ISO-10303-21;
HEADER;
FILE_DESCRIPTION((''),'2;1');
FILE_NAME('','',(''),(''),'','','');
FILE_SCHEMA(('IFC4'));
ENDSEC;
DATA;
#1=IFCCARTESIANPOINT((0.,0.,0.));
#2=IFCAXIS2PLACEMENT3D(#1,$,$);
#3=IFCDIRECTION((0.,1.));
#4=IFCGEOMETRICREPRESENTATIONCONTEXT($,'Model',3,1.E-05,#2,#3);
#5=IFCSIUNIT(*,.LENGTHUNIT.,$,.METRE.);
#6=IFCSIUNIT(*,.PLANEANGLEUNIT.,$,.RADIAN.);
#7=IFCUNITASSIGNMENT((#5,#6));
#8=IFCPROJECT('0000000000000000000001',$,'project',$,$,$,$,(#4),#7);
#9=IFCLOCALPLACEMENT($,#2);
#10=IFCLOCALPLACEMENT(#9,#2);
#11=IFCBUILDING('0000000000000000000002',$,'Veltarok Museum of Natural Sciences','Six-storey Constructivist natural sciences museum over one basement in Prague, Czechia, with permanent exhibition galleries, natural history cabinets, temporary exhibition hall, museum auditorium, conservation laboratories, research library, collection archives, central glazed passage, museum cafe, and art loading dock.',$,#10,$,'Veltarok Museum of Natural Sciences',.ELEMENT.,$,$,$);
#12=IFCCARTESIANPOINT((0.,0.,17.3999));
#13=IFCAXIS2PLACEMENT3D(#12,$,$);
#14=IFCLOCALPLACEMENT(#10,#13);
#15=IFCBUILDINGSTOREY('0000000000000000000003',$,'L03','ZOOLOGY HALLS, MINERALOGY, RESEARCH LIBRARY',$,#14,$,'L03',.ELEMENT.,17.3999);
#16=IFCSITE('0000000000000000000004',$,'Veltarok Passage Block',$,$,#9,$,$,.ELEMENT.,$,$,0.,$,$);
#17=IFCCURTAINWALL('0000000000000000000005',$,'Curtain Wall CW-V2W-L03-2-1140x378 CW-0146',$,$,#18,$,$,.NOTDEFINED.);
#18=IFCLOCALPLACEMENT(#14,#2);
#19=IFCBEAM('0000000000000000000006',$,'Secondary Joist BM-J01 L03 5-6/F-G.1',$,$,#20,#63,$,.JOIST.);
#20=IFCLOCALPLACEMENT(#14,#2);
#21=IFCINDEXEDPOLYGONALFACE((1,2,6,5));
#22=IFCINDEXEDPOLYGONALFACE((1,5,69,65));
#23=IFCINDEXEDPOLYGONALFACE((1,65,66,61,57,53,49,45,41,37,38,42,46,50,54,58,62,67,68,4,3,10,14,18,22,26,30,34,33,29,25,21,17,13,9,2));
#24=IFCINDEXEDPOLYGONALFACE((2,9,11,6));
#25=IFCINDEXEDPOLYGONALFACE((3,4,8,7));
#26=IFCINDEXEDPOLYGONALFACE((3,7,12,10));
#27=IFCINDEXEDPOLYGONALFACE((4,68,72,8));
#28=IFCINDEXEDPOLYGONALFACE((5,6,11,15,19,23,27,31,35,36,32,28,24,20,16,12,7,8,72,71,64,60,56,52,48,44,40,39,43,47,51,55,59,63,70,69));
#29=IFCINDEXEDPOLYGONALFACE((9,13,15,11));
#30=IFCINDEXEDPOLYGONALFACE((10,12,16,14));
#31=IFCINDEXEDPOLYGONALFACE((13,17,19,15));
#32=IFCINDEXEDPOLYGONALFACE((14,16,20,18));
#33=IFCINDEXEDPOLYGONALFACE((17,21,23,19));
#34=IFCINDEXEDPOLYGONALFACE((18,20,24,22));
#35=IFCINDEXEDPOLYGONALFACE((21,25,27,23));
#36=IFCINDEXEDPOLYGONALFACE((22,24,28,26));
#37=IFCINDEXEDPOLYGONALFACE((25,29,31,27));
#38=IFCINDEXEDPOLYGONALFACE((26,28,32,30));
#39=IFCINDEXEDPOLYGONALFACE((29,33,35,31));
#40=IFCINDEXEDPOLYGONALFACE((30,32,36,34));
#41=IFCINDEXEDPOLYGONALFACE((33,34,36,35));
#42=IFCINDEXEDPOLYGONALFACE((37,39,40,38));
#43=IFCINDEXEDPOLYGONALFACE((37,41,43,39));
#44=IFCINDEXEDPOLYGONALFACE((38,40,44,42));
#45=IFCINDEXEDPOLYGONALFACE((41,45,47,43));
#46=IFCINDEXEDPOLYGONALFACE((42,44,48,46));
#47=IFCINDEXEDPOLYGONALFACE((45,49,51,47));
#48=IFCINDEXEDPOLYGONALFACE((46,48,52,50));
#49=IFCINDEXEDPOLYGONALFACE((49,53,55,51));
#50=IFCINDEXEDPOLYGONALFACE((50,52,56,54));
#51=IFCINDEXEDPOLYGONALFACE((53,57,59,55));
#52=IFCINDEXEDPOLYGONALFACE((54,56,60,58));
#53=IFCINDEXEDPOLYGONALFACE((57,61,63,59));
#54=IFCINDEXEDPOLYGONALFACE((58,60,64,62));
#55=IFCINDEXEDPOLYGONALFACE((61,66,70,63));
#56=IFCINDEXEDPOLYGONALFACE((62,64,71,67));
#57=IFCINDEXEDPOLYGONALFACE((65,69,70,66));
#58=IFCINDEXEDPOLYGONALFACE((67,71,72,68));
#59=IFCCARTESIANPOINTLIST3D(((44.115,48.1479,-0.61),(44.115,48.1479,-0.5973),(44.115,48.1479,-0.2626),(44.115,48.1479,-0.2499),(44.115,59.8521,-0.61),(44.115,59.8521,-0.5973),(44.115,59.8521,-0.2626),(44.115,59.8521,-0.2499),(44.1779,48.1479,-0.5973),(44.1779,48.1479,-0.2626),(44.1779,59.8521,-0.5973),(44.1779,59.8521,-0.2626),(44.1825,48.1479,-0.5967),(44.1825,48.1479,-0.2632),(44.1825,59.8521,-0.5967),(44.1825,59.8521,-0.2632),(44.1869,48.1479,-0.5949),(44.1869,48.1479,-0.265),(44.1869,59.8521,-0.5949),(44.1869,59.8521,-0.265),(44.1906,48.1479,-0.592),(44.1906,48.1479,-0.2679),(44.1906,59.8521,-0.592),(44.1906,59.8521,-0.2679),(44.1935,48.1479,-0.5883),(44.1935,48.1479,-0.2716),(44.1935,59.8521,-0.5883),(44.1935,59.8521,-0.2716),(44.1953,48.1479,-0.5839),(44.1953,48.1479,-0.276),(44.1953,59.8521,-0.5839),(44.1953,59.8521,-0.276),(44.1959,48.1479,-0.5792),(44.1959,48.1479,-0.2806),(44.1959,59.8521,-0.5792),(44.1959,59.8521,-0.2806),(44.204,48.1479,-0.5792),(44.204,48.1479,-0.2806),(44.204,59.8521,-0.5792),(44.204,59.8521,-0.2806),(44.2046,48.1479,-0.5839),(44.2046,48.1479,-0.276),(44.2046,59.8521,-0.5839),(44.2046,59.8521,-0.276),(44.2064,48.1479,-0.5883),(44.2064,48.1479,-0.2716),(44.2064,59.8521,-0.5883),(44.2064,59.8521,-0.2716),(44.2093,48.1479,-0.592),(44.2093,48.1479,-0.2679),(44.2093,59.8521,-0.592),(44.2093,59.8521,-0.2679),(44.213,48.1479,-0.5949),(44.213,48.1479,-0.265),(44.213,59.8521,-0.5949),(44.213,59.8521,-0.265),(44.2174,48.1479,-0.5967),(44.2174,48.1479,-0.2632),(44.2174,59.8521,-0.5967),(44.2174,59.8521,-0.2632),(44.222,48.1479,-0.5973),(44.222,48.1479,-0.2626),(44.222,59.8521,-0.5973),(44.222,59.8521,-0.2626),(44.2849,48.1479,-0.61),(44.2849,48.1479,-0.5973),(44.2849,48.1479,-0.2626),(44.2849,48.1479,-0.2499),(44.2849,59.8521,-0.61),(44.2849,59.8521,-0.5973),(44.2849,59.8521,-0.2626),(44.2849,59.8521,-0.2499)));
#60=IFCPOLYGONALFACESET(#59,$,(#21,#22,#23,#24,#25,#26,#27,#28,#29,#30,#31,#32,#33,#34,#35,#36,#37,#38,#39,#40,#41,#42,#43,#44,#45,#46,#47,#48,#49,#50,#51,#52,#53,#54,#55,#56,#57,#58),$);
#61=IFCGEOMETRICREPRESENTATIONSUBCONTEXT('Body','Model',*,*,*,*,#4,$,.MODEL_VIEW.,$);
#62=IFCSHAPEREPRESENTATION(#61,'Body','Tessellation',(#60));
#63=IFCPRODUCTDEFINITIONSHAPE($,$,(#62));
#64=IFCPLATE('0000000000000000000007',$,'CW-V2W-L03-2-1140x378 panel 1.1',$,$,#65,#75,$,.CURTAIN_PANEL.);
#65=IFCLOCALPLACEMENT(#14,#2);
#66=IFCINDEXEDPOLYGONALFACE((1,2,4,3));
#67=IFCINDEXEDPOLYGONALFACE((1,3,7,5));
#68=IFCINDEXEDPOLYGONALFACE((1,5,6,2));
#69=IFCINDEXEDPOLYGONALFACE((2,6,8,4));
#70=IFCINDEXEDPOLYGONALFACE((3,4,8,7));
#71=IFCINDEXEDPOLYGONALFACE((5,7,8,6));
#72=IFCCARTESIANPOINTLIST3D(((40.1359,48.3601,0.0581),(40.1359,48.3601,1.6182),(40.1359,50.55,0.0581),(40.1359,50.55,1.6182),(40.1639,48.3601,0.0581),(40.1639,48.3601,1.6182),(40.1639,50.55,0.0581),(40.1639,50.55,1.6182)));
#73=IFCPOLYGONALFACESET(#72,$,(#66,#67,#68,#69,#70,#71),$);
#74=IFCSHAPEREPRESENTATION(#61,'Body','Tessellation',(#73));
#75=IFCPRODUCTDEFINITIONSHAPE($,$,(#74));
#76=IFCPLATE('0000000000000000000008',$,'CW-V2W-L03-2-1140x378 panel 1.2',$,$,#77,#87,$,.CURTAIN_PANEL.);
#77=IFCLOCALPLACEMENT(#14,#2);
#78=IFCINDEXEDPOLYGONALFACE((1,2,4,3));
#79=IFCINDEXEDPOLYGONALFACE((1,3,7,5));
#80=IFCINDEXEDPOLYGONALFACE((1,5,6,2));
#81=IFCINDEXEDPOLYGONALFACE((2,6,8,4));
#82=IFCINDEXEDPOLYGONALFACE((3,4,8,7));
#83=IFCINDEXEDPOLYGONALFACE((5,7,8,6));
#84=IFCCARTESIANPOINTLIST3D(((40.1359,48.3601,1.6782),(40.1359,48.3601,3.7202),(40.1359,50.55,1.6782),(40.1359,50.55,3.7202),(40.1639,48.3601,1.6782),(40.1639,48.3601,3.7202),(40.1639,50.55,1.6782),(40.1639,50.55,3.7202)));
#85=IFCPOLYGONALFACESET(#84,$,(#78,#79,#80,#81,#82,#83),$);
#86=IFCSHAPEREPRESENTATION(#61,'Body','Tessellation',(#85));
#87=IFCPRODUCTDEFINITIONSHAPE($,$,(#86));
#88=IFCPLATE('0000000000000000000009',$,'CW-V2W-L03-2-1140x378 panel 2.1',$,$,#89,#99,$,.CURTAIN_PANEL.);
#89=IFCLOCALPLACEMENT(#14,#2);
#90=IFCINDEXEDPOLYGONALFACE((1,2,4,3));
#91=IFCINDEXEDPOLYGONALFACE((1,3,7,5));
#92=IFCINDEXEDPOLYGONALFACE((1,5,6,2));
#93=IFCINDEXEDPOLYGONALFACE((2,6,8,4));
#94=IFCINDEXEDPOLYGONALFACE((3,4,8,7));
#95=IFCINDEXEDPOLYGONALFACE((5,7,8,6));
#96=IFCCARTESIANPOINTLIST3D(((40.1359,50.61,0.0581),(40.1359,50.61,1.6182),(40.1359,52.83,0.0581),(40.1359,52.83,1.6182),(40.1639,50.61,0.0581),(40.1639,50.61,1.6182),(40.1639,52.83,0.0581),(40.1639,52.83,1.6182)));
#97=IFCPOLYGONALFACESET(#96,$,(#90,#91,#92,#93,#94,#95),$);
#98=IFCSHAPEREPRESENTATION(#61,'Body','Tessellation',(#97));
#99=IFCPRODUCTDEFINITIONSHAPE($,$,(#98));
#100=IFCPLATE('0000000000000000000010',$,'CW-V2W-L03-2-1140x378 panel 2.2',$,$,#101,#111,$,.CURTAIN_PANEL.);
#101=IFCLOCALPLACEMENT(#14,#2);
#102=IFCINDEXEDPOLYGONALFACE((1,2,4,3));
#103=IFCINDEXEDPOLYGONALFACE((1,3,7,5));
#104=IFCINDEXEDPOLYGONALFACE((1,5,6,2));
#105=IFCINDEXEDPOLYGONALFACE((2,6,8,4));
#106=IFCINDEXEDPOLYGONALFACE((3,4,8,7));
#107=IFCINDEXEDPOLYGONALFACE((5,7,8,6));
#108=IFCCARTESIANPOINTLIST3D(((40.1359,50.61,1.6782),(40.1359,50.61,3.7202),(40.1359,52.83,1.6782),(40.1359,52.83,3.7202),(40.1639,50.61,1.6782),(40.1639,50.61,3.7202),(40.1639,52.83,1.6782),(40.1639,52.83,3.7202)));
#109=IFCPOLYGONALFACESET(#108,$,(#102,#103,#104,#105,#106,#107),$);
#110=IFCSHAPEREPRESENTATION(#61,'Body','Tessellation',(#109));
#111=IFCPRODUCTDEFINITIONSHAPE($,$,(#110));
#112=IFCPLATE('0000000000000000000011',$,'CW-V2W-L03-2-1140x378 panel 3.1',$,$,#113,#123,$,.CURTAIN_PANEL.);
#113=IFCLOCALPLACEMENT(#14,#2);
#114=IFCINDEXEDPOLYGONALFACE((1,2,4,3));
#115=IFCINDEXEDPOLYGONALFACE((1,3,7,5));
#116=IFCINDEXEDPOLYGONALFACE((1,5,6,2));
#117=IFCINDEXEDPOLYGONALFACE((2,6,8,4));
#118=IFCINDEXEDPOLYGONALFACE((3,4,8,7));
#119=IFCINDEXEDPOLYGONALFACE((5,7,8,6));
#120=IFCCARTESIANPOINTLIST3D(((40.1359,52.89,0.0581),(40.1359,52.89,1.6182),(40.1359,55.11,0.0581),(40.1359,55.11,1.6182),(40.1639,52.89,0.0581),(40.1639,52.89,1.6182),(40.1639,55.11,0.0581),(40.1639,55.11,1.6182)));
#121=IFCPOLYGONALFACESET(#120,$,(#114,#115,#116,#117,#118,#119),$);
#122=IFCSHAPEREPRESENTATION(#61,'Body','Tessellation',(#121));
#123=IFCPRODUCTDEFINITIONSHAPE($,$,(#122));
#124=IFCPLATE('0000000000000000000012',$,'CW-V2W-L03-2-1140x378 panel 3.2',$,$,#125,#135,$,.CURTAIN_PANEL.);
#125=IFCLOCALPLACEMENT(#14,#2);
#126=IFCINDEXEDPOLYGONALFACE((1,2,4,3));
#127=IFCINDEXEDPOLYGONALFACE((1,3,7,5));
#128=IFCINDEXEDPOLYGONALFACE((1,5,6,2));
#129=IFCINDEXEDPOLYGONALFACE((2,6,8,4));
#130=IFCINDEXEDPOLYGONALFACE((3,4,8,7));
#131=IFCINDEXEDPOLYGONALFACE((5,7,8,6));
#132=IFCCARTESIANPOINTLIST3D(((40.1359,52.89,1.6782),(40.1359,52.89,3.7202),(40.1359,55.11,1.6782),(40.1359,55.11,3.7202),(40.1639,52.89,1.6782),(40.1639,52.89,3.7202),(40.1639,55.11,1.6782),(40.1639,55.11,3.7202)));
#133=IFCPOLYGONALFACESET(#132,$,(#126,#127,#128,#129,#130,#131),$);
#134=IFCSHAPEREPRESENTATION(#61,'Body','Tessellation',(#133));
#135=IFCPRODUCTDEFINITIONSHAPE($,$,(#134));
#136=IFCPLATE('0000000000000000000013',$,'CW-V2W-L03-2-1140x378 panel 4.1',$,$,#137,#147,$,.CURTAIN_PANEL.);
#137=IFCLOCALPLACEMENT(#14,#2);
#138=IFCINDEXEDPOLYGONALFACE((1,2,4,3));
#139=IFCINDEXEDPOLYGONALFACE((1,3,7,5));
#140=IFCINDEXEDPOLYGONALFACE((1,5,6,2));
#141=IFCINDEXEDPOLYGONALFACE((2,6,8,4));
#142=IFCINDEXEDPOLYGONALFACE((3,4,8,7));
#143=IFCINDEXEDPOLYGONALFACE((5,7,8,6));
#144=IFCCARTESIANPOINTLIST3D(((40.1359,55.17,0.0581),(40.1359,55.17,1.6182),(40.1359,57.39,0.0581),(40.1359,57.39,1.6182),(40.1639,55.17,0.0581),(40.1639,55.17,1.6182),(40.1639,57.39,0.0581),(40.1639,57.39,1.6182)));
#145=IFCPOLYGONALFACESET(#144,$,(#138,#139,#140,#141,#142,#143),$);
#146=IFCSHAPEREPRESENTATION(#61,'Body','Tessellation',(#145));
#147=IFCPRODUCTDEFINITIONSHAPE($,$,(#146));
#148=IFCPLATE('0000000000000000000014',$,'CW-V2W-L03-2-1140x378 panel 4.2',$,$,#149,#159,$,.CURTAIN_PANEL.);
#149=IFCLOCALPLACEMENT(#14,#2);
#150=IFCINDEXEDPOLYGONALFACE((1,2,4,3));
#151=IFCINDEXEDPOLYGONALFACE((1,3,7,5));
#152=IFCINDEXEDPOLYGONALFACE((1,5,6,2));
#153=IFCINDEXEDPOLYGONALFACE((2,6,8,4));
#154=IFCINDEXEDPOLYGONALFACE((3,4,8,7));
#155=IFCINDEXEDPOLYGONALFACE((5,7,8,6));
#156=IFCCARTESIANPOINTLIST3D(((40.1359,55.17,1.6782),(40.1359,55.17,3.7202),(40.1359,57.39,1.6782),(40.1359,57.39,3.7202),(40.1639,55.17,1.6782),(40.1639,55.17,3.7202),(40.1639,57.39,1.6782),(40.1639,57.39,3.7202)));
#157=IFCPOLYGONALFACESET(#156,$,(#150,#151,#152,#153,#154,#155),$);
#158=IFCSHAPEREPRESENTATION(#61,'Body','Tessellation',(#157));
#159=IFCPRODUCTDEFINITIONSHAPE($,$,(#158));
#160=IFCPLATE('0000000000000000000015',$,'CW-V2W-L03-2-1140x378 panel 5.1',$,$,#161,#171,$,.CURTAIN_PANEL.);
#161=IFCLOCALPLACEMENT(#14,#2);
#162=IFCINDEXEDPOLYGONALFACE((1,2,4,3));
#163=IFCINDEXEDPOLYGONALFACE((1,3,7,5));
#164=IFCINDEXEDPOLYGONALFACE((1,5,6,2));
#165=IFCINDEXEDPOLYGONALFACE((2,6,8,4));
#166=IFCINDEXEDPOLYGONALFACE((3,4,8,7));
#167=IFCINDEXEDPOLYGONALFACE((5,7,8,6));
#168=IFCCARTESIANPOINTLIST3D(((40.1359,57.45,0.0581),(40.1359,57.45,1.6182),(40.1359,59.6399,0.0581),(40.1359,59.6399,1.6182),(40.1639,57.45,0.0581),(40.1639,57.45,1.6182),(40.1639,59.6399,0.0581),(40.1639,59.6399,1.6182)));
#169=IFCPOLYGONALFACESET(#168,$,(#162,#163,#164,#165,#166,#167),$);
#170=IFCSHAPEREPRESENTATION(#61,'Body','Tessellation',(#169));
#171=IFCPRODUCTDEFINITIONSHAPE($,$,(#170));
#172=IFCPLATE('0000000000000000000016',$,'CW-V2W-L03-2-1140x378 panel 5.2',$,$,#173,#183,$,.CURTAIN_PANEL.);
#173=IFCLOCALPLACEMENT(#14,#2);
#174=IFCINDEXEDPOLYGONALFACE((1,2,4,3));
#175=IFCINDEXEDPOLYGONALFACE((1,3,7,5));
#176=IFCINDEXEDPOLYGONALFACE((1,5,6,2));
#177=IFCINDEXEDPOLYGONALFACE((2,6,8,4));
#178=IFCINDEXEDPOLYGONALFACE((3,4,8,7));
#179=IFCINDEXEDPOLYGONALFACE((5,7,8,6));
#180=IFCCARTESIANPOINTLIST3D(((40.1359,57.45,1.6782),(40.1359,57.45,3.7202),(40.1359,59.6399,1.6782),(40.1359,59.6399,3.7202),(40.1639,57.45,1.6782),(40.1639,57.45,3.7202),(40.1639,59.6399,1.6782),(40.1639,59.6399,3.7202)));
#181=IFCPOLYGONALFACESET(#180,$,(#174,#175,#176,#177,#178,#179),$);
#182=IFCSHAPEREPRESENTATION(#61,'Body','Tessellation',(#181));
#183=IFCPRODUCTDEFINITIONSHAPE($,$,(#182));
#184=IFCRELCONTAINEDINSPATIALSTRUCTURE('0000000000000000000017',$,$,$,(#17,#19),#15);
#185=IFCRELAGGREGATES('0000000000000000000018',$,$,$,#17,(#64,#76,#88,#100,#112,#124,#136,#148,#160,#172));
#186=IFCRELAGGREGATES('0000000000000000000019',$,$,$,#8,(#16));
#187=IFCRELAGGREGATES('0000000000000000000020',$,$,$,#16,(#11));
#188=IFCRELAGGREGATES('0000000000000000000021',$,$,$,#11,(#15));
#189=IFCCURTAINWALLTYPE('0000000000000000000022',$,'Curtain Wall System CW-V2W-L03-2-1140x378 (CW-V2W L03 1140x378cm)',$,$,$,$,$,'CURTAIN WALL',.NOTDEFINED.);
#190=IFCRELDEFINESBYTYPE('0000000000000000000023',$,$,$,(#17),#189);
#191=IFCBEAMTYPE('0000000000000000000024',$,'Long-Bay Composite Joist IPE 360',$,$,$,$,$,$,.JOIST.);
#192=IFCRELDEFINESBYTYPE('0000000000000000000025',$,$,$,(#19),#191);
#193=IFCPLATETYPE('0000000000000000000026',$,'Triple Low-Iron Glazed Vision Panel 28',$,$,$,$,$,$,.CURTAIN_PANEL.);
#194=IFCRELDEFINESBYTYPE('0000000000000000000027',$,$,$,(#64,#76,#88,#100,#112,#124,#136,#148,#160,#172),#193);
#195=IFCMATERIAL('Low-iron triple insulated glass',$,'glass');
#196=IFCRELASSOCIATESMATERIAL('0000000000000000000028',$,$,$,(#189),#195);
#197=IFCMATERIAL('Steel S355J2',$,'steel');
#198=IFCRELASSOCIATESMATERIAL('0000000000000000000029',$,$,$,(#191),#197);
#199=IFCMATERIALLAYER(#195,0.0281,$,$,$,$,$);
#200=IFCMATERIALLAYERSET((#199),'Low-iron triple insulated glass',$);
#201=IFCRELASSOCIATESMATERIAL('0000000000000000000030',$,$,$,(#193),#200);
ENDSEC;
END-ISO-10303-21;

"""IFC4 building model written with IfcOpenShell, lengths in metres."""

from ifc_helpers import new_model, si_unit, direction, frame, origin, origin_2d, place, context, subcontext, project, spatial, rectangle, i_section, extrude, material, layer, layer_set, material_profile, profile_set, type_object, element, aggregate, save


model = new_model("IFC4")

# Units and contexts
model_context = context("Model", 3, precision=1e-05, world=origin(), true_north=direction((0.0, 1.0)))
body_context = subcontext(model_context, "Body", "Model", "MODEL_VIEW")
ifc_project = project(units=[si_unit("LENGTHUNIT", "METRE"), si_unit("PLANEANGLEUNIT", "RADIAN")], contexts=[model_context])

# Site, building, storey
site_placement = place(None, origin())
site = spatial("IfcSite", under=ifc_project, at=site_placement, Name="Veltarok Passage Block", CompositionType="ELEMENT", RefElevation=0.0)
building_placement = place(site_placement, origin())
building = spatial("IfcBuilding", under=site, at=building_placement, Name="Veltarok Museum of Natural Sciences", Description="Six-storey Constructivist natural sciences museum over one basement in Prague, Czechia, with permanent exhibition galleries, natural history cabinets, temporary exhibition hall, museum auditorium, conservation laboratories, research library, collection archives, central glazed passage, museum cafe, and art loading dock.", LongName="Veltarok Museum of Natural Sciences", CompositionType="ELEMENT")
storey_placement = place(building_placement, frame((0.0, 0.0, 17.3999)))
storey = spatial("IfcBuildingStorey", under=building, at=storey_placement, Name="L03", Description="ZOOLOGY HALLS, MINERALOGY, RESEARCH LIBRARY", LongName="L03", CompositionType="ELEMENT", Elevation=17.3999)

# Curtain wall
ifc_material_1 = material(Name="Low-iron triple insulated glass", Category="glass")
curtain_wall_type = type_object("IfcCurtainWallType", Name="Curtain Wall System CW-V2W-L03-2-1140x378 (CW-V2W L03 1140x378cm)", ElementType="CURTAIN WALL", PredefinedType="NOTDEFINED", material=ifc_material_1)
curtain_wall_placement = place(storey_placement, origin())
curtain_wall = element("IfcCurtainWall", 1, at=curtain_wall_placement, inside=storey, type_object=curtain_wall_type, Name="Curtain Wall CW-V2W-L03-2-1140x378 CW-0146", PredefinedType="NOTDEFINED")

# Beam
ifc_material_2 = material(Name="Steel S355J2", Category="steel")
ifc_material_profile_1 = material_profile(ifc_material_2, i_section(OverallWidth=0.1699, OverallDepth=0.3601, WebThickness=0.0081, FlangeThickness=0.0127, FilletRadius=0.0181, at=origin_2d()), Name="IPE 360")
ifc_profile_set_1 = profile_set([ifc_material_profile_1], Name="Steel S355J2")
beam_type = type_object("IfcBeamType", Name="Long-Bay Composite Joist IPE 360", PredefinedType="JOIST", material=ifc_profile_set_1)
for number, where, z_axis, x_axis, name in (
    (2, (44.2, 48.1479, -0.4299), (0.0, 1.0, 0.0), (-1.0, 0.0, 0.0), "Secondary Joist BM-J01 L03 5-6/F-G.1"),
):
    element("IfcBeam", number, at=place(storey_placement, frame(where, z_axis=z_axis, x_axis=x_axis)), inside=storey, type_object=beam_type, Name=name, PredefinedType="JOIST", context=body_context, shape_type="SweptSolid", body=[
        extrude(i_section(OverallWidth=0.1699, OverallDepth=0.3601, WebThickness=0.0081, FlangeThickness=0.0127, FilletRadius=0.0181, at=origin_2d()), origin(), (0.0, 0.0, 1.0), 11.7041),
    ])

# Plates
ifc_layer = layer(ifc_material_1, 0.0281)
ifc_layer_set = layer_set([ifc_layer], Name="Low-iron triple insulated glass")
plate_type = type_object("IfcPlateType", Name="Triple Low-Iron Glazed Vision Panel 28", PredefinedType="CURTAIN_PANEL", material=ifc_layer_set)
plate_1_placement = place(storey_placement, frame((40.1499, 49.4551, 0.0581), z_axis=(0.0, 0.0, 1.0), x_axis=(0.0, 1.0, 0.0)))
plate_1 = element("IfcPlate", 3, at=plate_1_placement, type_object=plate_type, Name="CW-V2W-L03-2-1140x378 panel 1.1", PredefinedType="CURTAIN_PANEL", context=body_context, shape_type="SweptSolid", body=[
    extrude(rectangle(XDim=2.1899, YDim=0.0281, at=origin_2d()), origin(), (0.0, 0.0, 1.0), 1.5601),
])
plate_2_placement = place(storey_placement, frame((40.1499, 49.4551, 1.6782), z_axis=(0.0, 0.0, 1.0), x_axis=(0.0, 1.0, 0.0)))
plate_2 = element("IfcPlate", 4, at=plate_2_placement, type_object=plate_type, Name="CW-V2W-L03-2-1140x378 panel 1.2", PredefinedType="CURTAIN_PANEL", context=body_context, shape_type="SweptSolid", body=[
    extrude(rectangle(XDim=2.1899, YDim=0.0281, at=origin_2d()), origin(), (0.0, 0.0, 1.0), 2.042),
])
plate_3_placement = place(storey_placement, frame((40.1499, 51.72, 0.0581), z_axis=(0.0, 0.0, 1.0), x_axis=(0.0, 1.0, 0.0)))
plate_3 = element("IfcPlate", 5, at=plate_3_placement, type_object=plate_type, Name="CW-V2W-L03-2-1140x378 panel 2.1", PredefinedType="CURTAIN_PANEL", context=body_context, shape_type="SweptSolid", body=[
    extrude(rectangle(XDim=2.22, YDim=0.0281, at=origin_2d()), origin(), (0.0, 0.0, 1.0), 1.5601),
])
plate_4_placement = place(storey_placement, frame((40.1499, 51.72, 1.6782), z_axis=(0.0, 0.0, 1.0), x_axis=(0.0, 1.0, 0.0)))
plate_4 = element("IfcPlate", 6, at=plate_4_placement, type_object=plate_type, Name="CW-V2W-L03-2-1140x378 panel 2.2", PredefinedType="CURTAIN_PANEL", context=body_context, shape_type="SweptSolid", body=[
    extrude(rectangle(XDim=2.22, YDim=0.0281, at=origin_2d()), origin(), (0.0, 0.0, 1.0), 2.042),
])
plate_5_placement = place(storey_placement, frame((40.1499, 54.0, 0.0581), z_axis=(0.0, 0.0, 1.0), x_axis=(0.0, 1.0, 0.0)))
plate_5 = element("IfcPlate", 7, at=plate_5_placement, type_object=plate_type, Name="CW-V2W-L03-2-1140x378 panel 3.1", PredefinedType="CURTAIN_PANEL", context=body_context, shape_type="SweptSolid", body=[
    extrude(rectangle(XDim=2.22, YDim=0.0281, at=origin_2d()), origin(), (0.0, 0.0, 1.0), 1.5601),
])
plate_6_placement = place(storey_placement, frame((40.1499, 54.0, 1.6782), z_axis=(0.0, 0.0, 1.0), x_axis=(0.0, 1.0, 0.0)))
plate_6 = element("IfcPlate", 8, at=plate_6_placement, type_object=plate_type, Name="CW-V2W-L03-2-1140x378 panel 3.2", PredefinedType="CURTAIN_PANEL", context=body_context, shape_type="SweptSolid", body=[
    extrude(rectangle(XDim=2.22, YDim=0.0281, at=origin_2d()), origin(), (0.0, 0.0, 1.0), 2.042),
])
plate_7_placement = place(storey_placement, frame((40.1499, 56.28, 0.0581), z_axis=(0.0, 0.0, 1.0), x_axis=(0.0, 1.0, 0.0)))
plate_7 = element("IfcPlate", 9, at=plate_7_placement, type_object=plate_type, Name="CW-V2W-L03-2-1140x378 panel 4.1", PredefinedType="CURTAIN_PANEL", context=body_context, shape_type="SweptSolid", body=[
    extrude(rectangle(XDim=2.22, YDim=0.0281, at=origin_2d()), origin(), (0.0, 0.0, 1.0), 1.5601),
])
plate_8_placement = place(storey_placement, frame((40.1499, 56.28, 1.6782), z_axis=(0.0, 0.0, 1.0), x_axis=(0.0, 1.0, 0.0)))
plate_8 = element("IfcPlate", 10, at=plate_8_placement, type_object=plate_type, Name="CW-V2W-L03-2-1140x378 panel 4.2", PredefinedType="CURTAIN_PANEL", context=body_context, shape_type="SweptSolid", body=[
    extrude(rectangle(XDim=2.22, YDim=0.0281, at=origin_2d()), origin(), (0.0, 0.0, 1.0), 2.042),
])
plate_9_placement = place(storey_placement, frame((40.1499, 58.5449, 0.0581), z_axis=(0.0, 0.0, 1.0), x_axis=(0.0, 1.0, 0.0)))
plate_9 = element("IfcPlate", 11, at=plate_9_placement, type_object=plate_type, Name="CW-V2W-L03-2-1140x378 panel 5.1", PredefinedType="CURTAIN_PANEL", context=body_context, shape_type="SweptSolid", body=[
    extrude(rectangle(XDim=2.1899, YDim=0.0281, at=origin_2d()), origin(), (0.0, 0.0, 1.0), 1.5601),
])
plate_10_placement = place(storey_placement, frame((40.1499, 58.5449, 1.6782), z_axis=(0.0, 0.0, 1.0), x_axis=(0.0, 1.0, 0.0)))
plate_10 = element("IfcPlate", 12, at=plate_10_placement, type_object=plate_type, Name="CW-V2W-L03-2-1140x378 panel 5.2", PredefinedType="CURTAIN_PANEL", context=body_context, shape_type="SweptSolid", body=[
    extrude(rectangle(XDim=2.1899, YDim=0.0281, at=origin_2d()), origin(), (0.0, 0.0, 1.0), 2.042),
])
aggregate(curtain_wall, [plate_1, plate_2, plate_3, plate_4, plate_5, plate_6, plate_7, plate_8, plate_9, plate_10])

save(model, "model.ifc")
